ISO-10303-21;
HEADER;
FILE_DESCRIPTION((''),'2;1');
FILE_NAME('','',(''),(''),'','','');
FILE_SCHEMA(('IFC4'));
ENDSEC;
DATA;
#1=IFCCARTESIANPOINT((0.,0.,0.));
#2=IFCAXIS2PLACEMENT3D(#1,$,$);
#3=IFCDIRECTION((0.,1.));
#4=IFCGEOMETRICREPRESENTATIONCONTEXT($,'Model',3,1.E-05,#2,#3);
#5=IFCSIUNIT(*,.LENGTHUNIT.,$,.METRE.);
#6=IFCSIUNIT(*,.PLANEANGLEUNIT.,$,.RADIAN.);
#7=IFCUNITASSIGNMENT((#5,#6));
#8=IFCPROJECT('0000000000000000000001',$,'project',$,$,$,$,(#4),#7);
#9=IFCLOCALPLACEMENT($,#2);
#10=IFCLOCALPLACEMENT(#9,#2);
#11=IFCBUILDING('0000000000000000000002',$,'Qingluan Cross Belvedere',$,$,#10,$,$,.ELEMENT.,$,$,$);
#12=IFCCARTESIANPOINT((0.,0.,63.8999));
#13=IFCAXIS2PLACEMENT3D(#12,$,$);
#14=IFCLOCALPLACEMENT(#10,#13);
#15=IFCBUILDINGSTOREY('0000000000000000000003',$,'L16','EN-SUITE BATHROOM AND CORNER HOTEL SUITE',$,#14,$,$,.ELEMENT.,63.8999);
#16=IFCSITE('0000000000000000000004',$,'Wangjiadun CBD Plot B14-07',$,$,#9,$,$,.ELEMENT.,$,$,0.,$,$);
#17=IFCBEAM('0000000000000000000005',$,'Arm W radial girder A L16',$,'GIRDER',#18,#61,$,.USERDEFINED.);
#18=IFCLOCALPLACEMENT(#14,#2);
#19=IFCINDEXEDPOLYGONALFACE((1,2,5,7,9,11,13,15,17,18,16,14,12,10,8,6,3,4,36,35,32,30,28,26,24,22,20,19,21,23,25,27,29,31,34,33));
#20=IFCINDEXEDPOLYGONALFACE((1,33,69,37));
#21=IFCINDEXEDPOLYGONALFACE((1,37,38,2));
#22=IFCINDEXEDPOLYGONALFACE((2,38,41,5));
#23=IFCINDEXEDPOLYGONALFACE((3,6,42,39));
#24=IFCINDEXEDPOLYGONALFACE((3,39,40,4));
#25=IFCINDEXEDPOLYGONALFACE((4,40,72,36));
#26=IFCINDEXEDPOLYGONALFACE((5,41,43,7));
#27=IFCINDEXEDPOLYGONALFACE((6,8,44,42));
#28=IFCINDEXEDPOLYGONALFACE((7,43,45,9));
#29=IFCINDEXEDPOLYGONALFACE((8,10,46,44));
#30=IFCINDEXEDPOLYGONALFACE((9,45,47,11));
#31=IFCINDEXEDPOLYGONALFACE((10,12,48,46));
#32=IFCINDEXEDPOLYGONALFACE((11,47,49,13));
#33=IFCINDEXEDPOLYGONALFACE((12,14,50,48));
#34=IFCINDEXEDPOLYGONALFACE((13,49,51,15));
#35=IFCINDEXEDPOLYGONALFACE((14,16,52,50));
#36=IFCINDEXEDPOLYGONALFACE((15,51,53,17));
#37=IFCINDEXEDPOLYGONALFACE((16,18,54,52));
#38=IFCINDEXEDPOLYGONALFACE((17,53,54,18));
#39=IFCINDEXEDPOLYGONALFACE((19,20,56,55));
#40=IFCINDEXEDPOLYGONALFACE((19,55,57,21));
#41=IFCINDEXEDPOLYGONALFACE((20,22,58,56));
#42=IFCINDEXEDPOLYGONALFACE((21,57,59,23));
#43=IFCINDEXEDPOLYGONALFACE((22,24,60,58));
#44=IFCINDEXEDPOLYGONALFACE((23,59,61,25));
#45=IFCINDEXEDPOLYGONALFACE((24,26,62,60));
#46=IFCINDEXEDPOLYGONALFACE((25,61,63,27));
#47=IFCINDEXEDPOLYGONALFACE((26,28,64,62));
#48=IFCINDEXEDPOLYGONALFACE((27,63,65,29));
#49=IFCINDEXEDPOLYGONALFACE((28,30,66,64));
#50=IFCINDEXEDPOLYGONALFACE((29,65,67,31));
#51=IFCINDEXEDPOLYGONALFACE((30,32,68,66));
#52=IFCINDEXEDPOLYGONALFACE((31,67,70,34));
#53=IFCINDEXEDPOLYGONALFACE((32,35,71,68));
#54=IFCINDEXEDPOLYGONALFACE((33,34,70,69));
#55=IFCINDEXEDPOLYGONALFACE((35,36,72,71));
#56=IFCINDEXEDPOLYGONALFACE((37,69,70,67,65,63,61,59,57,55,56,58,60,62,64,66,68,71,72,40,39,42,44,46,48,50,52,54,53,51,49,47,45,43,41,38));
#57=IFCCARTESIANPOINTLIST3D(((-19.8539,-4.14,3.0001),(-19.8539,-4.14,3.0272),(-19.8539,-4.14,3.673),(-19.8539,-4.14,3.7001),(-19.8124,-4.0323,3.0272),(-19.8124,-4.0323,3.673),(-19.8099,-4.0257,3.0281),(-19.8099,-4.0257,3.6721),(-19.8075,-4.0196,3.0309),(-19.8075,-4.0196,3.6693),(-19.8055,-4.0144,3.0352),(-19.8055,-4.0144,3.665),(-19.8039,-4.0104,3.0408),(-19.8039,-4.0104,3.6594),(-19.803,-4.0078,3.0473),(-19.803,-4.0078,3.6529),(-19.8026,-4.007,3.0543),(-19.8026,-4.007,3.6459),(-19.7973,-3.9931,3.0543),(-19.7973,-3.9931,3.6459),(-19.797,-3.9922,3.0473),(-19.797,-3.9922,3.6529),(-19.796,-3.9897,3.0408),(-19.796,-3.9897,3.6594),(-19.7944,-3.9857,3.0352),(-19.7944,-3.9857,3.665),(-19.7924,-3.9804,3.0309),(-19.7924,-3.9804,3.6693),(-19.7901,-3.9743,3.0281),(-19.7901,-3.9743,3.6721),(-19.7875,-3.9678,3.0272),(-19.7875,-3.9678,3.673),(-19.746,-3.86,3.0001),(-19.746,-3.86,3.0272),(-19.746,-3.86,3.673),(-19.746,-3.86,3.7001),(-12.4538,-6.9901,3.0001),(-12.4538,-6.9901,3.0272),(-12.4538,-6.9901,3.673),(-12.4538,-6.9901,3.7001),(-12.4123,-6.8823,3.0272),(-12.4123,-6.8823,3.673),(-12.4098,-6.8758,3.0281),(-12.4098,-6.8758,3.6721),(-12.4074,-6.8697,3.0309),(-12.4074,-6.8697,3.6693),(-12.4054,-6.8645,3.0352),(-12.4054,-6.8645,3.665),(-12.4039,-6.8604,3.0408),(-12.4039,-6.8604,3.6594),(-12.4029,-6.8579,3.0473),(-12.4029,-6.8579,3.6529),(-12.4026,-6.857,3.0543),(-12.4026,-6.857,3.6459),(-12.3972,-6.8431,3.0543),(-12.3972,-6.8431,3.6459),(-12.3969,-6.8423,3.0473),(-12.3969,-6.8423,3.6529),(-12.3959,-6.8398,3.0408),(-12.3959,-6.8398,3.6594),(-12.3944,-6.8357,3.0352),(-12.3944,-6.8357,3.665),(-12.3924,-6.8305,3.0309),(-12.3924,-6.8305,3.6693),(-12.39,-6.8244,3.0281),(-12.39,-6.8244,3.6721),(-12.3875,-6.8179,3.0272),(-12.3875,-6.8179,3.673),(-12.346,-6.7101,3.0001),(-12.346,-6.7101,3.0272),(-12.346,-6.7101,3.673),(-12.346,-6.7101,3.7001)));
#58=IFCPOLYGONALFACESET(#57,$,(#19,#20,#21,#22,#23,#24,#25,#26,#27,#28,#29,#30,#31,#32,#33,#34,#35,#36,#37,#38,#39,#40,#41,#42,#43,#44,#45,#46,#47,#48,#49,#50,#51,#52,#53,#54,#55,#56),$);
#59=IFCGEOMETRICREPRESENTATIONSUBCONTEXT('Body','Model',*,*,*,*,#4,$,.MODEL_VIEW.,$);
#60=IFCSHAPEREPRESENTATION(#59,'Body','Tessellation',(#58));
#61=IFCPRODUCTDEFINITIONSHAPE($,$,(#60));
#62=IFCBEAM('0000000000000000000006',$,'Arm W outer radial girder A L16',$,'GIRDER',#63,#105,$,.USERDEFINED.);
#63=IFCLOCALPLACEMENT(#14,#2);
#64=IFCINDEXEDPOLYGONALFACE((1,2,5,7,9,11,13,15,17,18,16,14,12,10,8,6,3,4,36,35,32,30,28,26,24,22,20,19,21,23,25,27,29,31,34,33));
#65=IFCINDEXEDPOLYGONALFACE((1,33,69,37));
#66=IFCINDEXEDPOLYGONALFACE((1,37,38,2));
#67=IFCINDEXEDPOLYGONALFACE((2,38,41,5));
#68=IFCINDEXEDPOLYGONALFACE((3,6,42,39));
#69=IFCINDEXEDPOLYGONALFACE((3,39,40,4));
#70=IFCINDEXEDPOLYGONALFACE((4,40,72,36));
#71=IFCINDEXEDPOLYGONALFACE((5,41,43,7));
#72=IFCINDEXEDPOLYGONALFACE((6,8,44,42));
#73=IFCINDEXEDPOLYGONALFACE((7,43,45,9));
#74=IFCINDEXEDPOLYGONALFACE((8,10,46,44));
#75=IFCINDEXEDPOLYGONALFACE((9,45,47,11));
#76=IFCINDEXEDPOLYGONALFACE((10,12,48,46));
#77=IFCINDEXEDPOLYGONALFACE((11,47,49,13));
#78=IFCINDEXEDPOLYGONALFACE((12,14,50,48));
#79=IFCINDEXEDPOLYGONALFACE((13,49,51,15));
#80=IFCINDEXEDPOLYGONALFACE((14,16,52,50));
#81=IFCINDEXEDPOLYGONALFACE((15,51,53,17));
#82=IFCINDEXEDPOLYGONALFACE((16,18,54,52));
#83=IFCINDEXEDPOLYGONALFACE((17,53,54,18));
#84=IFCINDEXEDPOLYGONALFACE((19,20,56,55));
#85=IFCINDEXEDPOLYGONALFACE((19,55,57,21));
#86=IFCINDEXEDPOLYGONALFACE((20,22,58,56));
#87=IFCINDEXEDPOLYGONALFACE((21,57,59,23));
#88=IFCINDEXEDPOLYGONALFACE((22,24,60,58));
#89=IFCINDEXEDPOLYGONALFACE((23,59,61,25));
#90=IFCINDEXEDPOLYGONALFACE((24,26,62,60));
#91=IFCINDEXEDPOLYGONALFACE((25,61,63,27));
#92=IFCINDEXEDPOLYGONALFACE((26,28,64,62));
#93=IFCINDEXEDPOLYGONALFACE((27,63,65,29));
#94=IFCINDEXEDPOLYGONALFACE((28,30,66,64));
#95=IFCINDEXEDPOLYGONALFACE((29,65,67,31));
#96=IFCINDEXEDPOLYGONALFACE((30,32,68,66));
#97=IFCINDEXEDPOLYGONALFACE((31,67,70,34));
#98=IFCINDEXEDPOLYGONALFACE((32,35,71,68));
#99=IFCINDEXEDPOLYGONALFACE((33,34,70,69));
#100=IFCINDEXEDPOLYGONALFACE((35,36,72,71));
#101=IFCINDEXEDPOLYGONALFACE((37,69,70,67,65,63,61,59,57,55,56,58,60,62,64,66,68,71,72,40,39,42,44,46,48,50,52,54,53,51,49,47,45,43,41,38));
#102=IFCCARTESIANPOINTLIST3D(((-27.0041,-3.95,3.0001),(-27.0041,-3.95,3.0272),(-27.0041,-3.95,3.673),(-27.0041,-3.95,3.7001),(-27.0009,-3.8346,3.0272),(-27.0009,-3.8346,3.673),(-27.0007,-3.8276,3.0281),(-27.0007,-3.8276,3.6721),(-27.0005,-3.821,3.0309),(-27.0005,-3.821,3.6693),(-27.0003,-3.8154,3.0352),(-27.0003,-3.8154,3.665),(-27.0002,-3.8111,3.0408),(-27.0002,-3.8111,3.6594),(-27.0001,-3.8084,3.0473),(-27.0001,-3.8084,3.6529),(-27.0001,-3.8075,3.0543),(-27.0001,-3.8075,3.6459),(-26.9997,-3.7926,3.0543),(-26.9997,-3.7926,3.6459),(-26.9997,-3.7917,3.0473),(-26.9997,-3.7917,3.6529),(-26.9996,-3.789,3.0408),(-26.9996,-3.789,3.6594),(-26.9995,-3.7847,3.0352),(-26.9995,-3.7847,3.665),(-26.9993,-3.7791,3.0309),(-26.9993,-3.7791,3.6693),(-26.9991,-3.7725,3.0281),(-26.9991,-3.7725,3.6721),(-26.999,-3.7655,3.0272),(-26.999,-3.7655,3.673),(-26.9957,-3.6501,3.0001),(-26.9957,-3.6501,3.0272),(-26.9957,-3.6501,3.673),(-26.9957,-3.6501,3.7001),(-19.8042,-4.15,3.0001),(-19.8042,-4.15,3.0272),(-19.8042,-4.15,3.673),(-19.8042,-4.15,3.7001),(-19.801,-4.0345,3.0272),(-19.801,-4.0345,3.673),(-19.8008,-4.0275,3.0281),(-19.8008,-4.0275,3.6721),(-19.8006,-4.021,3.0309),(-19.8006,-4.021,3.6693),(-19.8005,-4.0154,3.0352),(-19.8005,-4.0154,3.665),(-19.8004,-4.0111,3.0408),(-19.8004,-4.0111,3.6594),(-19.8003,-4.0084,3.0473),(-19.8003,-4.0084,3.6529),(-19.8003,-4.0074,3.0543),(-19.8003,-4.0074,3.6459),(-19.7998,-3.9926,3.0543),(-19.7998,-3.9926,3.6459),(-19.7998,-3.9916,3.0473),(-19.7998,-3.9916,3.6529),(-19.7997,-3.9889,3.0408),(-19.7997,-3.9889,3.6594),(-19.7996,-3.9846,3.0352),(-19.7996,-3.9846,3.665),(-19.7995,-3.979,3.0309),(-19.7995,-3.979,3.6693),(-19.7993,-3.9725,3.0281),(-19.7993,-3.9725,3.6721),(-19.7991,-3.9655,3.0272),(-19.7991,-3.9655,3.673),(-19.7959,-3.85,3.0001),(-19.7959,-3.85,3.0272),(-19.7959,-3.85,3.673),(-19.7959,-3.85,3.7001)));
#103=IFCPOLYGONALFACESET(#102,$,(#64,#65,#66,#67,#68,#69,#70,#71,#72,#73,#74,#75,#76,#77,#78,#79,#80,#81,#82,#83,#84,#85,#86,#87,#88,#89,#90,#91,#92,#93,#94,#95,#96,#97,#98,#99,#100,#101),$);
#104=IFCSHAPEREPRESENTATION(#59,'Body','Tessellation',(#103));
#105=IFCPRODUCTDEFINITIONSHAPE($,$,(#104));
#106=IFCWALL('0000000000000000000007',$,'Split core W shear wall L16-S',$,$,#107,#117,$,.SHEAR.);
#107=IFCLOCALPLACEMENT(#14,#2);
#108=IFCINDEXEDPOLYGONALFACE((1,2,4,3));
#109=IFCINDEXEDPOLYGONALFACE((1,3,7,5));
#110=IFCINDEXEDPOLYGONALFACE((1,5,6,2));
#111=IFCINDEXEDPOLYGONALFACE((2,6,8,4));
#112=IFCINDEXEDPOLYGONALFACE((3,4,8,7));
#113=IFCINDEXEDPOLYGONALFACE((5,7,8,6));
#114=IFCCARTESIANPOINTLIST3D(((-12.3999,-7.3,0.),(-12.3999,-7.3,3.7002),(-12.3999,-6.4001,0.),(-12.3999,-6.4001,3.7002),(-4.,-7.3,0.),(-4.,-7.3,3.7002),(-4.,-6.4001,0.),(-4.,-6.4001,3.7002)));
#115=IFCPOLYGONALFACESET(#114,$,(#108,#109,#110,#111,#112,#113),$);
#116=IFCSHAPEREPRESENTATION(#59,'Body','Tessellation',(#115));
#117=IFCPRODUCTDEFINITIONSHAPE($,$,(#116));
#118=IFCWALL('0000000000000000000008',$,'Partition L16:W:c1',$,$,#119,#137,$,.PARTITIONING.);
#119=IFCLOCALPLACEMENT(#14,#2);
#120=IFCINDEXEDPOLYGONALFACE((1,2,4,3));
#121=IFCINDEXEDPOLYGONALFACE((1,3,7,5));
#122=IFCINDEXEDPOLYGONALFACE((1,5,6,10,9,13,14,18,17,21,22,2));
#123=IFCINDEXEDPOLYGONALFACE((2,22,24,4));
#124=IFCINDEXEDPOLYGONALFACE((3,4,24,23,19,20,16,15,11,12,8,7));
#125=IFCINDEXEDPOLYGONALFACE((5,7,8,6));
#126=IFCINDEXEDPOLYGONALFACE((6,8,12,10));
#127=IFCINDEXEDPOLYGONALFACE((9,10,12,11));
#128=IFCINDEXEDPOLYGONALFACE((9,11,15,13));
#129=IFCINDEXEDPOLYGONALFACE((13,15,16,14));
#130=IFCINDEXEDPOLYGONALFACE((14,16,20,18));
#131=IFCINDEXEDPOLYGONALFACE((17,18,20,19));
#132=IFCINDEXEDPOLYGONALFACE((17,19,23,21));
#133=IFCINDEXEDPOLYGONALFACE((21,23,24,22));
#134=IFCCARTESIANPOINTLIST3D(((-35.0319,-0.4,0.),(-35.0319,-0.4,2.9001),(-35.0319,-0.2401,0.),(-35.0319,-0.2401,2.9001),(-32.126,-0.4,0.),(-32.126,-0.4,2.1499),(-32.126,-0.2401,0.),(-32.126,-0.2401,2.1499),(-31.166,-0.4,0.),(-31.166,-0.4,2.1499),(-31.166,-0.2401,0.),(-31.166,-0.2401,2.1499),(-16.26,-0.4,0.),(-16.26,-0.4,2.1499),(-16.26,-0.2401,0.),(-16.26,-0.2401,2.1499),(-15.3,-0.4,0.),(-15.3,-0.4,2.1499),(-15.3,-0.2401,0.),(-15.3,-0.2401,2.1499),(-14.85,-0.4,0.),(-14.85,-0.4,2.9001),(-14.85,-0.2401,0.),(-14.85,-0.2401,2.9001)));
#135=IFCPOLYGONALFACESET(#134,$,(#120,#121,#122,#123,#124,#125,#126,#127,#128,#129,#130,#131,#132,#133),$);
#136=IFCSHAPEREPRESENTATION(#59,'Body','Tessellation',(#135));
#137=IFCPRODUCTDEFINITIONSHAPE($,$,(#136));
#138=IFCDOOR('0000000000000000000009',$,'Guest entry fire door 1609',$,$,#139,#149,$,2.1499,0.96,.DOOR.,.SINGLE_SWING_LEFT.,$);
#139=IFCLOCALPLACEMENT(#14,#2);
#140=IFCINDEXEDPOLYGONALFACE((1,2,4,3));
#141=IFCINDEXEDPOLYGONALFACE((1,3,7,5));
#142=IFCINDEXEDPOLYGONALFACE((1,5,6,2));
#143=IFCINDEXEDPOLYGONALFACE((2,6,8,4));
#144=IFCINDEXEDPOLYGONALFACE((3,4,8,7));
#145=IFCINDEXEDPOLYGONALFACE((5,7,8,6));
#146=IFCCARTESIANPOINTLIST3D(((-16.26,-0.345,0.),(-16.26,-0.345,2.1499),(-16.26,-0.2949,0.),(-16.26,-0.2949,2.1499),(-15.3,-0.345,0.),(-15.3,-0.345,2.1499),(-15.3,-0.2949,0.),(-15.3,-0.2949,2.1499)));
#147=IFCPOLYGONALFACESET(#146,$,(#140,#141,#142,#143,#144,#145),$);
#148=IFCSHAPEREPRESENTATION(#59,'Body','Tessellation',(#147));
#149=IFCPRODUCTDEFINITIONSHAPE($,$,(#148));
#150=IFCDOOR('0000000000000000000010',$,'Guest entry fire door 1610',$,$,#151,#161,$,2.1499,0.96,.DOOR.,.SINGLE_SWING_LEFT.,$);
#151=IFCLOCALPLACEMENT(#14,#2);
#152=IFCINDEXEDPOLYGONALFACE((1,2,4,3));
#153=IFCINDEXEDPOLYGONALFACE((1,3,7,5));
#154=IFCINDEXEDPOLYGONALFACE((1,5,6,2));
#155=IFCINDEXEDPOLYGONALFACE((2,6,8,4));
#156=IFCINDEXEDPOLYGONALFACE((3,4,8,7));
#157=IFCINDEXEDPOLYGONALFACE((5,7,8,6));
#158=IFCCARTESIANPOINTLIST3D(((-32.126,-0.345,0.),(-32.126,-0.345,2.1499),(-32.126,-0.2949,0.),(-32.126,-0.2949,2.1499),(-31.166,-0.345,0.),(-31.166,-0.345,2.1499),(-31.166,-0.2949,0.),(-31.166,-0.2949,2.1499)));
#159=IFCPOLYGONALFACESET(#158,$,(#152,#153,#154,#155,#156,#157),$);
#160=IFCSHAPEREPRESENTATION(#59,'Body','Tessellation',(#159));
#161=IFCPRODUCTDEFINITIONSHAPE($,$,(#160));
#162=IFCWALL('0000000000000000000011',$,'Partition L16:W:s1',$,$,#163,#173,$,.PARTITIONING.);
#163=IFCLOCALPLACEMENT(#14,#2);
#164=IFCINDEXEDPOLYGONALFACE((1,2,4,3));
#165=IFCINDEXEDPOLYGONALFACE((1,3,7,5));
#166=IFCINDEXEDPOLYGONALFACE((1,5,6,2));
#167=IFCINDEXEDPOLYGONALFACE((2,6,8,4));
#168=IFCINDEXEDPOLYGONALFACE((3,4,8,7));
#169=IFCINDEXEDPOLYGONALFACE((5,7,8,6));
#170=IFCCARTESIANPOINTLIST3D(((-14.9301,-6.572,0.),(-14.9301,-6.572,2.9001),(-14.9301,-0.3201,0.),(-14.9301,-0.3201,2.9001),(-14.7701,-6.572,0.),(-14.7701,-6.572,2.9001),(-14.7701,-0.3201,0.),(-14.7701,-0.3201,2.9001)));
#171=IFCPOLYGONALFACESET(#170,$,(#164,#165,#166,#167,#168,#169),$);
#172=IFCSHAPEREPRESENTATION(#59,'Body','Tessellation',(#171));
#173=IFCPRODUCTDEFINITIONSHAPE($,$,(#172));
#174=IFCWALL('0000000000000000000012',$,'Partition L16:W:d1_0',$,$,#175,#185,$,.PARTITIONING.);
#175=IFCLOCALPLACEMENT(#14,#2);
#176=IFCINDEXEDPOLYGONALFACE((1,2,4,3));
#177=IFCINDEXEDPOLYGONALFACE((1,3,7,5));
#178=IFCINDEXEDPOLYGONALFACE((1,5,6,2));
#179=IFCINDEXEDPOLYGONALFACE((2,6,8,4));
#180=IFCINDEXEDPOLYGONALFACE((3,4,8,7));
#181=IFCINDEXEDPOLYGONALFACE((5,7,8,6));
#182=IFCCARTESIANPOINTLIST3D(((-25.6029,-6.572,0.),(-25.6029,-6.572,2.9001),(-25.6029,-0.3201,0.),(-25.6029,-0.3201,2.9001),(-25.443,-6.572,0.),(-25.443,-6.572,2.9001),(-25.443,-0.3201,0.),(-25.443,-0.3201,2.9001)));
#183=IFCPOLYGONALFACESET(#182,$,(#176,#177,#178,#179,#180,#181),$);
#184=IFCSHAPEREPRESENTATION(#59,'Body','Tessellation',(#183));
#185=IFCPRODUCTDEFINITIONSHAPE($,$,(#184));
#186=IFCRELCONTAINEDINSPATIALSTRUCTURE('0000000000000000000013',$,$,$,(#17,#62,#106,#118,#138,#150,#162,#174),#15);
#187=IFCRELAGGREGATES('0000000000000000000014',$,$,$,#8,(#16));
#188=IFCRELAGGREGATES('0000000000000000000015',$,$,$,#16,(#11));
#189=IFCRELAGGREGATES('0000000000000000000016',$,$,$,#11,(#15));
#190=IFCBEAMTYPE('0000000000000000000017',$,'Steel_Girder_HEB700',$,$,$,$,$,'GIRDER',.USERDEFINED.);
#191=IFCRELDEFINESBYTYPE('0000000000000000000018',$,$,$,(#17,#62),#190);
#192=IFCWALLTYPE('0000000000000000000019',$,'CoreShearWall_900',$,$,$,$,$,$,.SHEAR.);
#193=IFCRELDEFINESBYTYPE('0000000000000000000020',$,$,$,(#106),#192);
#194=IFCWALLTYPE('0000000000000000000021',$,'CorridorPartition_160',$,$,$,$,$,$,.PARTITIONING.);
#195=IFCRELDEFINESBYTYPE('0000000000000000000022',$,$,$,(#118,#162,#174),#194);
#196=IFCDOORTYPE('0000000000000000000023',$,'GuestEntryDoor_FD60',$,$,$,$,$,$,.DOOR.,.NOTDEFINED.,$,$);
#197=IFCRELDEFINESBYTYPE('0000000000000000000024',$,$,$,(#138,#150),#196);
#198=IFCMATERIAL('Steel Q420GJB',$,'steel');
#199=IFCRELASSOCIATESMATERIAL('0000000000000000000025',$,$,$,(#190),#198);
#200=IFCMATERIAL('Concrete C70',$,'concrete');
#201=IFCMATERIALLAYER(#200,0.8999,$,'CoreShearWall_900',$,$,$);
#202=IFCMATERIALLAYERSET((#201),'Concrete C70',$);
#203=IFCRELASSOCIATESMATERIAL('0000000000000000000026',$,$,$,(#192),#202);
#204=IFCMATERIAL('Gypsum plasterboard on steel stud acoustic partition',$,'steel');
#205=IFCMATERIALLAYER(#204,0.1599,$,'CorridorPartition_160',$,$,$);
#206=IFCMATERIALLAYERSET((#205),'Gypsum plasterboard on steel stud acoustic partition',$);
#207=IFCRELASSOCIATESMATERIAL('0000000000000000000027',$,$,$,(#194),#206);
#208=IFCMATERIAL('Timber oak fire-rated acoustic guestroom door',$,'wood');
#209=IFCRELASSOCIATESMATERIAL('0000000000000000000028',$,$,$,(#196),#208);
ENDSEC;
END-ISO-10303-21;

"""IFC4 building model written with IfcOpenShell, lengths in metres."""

from ifc_helpers import new_model, si_unit, direction, frame, frame_2d, origin, origin_2d, place, context, subcontext, project, spatial, rectangle, i_section, extrude, material, layer, layer_set, material_profile, profile_set, type_object, element, fill, save


model = new_model("IFC4")

# Units and contexts
model_context = context("Model", 3, precision=1e-05, world=origin(), true_north=direction((0.0, 1.0)))
body_context = subcontext(model_context, "Body", "Model", "MODEL_VIEW")
ifc_project = project(units=[si_unit("LENGTHUNIT", "METRE"), si_unit("PLANEANGLEUNIT", "RADIAN")], contexts=[model_context])

# Site, building, storey
site_placement = place(None, origin())
site = spatial("IfcSite", under=ifc_project, at=site_placement, Name="Wangjiadun CBD Plot B14-07", CompositionType="ELEMENT", RefElevation=0.0)
building_placement = place(site_placement, origin())
building = spatial("IfcBuilding", under=site, at=building_placement, Name="Qingluan Cross Belvedere", CompositionType="ELEMENT")
storey_placement = place(building_placement, frame((0.0, 0.0, 63.8999)))
storey = spatial("IfcBuildingStorey", under=building, at=storey_placement, Name="L16", Description="EN-SUITE BATHROOM AND CORNER HOTEL SUITE", CompositionType="ELEMENT", Elevation=63.8999)

# Beams
ifc_material_1 = material(Name="Steel Q420GJB", Category="steel")
ifc_material_profile_1 = material_profile(ifc_material_1, i_section(OverallWidth=0.3, OverallDepth=0.7, WebThickness=0.0149, FlangeThickness=0.0271, FilletRadius=0.0271, at=origin_2d()), Name="HEB700")
ifc_profile_set_1 = profile_set([ifc_material_profile_1], Name="Steel Q420GJB")
beam_type_1 = type_object("IfcBeamType", Name="Steel_Girder_HEB700", ElementType="GIRDER", PredefinedType="USERDEFINED", material=ifc_profile_set_1)
beam_1_placement = place(storey_placement, frame((-12.3999, -6.8501, 3.3501), z_axis=(-0.933181, 0.359406, 0.0), x_axis=(-0.359406, -0.933181, 0.0)))
element("IfcBeam", 1, at=beam_1_placement, inside=storey, type_object=beam_type_1, Name="Arm W radial girder A L16", ObjectType="GIRDER", PredefinedType="USERDEFINED", context=body_context, shape_type="SweptSolid", body=[
    extrude(i_section(OverallWidth=0.3, OverallDepth=0.7, WebThickness=0.0149, FlangeThickness=0.0271, FilletRadius=0.0271, at=origin_2d()), origin(), (0.0, 0.0, 1.0), 7.9299),
])
beam_2_placement = place(storey_placement, frame((-19.8, -4.0, 3.3501), z_axis=(-0.999615, 0.02776, 0.0), x_axis=(-0.02776, -0.999615, 0.0)))
element("IfcBeam", 2, at=beam_2_placement, inside=storey, type_object=beam_type_1, Name="Arm W outer radial girder A L16", ObjectType="GIRDER", PredefinedType="USERDEFINED", context=body_context, shape_type="SweptSolid", body=[
    extrude(i_section(OverallWidth=0.3, OverallDepth=0.7, WebThickness=0.0149, FlangeThickness=0.0271, FilletRadius=0.0271, at=origin_2d()), origin(), (0.0, 0.0, 1.0), 7.2026),
])

# Wall
ifc_material_2 = material(Name="Concrete C70", Category="concrete")
ifc_layer_1 = layer(ifc_material_2, 0.8999, Name="CoreShearWall_900")
ifc_layer_set_1 = layer_set([ifc_layer_1], Name="Concrete C70")
wall_type_1 = type_object("IfcWallType", Name="CoreShearWall_900", PredefinedType="SHEAR", material=ifc_layer_set_1)
wall_1_placement = place(storey_placement, frame((-12.3999, -6.8501, 0.0), z_axis=(0.0, 0.0, 1.0), x_axis=(1.0, 0.0, 0.0)))
element("IfcWall", 3, at=wall_1_placement, inside=storey, type_object=wall_type_1, Name="Split core W shear wall L16-S", PredefinedType="SHEAR", context=body_context, shape_type="SweptSolid", body=[
    extrude(rectangle(XDim=8.3999, YDim=0.8999, at=frame_2d((4.2, 0.0))), origin(), (0.0, 0.0, 1.0), 3.7002),
])

# Wall, openings, doors
ifc_material_3 = material(Name="Gypsum plasterboard on steel stud acoustic partition", Category="steel")
ifc_layer_2 = layer(ifc_material_3, 0.1599, Name="CorridorPartition_160")
ifc_layer_set_2 = layer_set([ifc_layer_2], Name="Gypsum plasterboard on steel stud acoustic partition")
wall_type_2 = type_object("IfcWallType", Name="CorridorPartition_160", PredefinedType="PARTITIONING", material=ifc_layer_set_2)
wall_2_placement = place(storey_placement, frame((-14.8501, -0.3201, 0.0), z_axis=(0.0, 0.0, 1.0), x_axis=(-1.0, 0.0, 0.0)))
wall_2 = element("IfcWall", 4, at=wall_2_placement, inside=storey, type_object=wall_type_2, Name="Partition L16:W:c1", PredefinedType="PARTITIONING", context=body_context, shape_type="SweptSolid", body=[
    extrude(rectangle(XDim=20.1819, YDim=0.1599, at=frame_2d((10.0908, 0.0))), origin(), (0.0, 0.0, 1.0), 2.9001),
])
opening_1_placement = place(wall_2_placement, frame((0.45, 0.0, 0.0)))
opening_1 = element("IfcOpeningElement", 5, at=opening_1_placement, cuts=wall_2, PredefinedType="OPENING", context=body_context, shape_type="SweptSolid", body=[
    extrude(rectangle(XDim=0.96, YDim=2.1499, at=frame_2d((0.48, 1.075))), frame((0.0, 0.0898, 0.0), z_axis=(0.0, -1.0, 0.0), x_axis=(1.0, 0.0, 0.0)), (0.0, 0.0, 1.0), 0.1799),
])
opening_2_placement = place(wall_2_placement, frame((16.3159, 0.0, 0.0)))
opening_2 = element("IfcOpeningElement", 6, at=opening_2_placement, cuts=wall_2, PredefinedType="OPENING", context=body_context, shape_type="SweptSolid", body=[
    extrude(rectangle(XDim=0.96, YDim=2.1499, at=frame_2d((0.48, 1.075))), frame((0.0, 0.0898, 0.0), z_axis=(0.0, -1.0, 0.0), x_axis=(1.0, 0.0, 0.0)), (0.0, 0.0, 1.0), 0.1799),
])
ifc_material_4 = material(Name="Timber oak fire-rated acoustic guestroom door", Category="wood")
door_type_1 = type_object("IfcDoorType", Name="GuestEntryDoor_FD60", OperationType="NOTDEFINED", PredefinedType="DOOR", material=ifc_material_4)
door_1_placement = place(opening_1_placement, origin())
door_1 = element("IfcDoor", 7, at=door_1_placement, inside=storey, type_object=door_type_1, Name="Guest entry fire door 1609", OperationType="SINGLE_SWING_LEFT", OverallHeight=2.1499, OverallWidth=0.96, PredefinedType="DOOR", context=body_context, shape_type="SweptSolid", body=[
    extrude(rectangle(XDim=0.96, YDim=2.1499, at=frame_2d((0.48, 1.075))), frame((0.0, 0.0249, 0.0), z_axis=(0.0, -1.0, 0.0), x_axis=(1.0, 0.0, 0.0)), (0.0, 0.0, 1.0), 0.05),
])
fill(opening_1, door_1)
door_2_placement = place(opening_2_placement, origin())
door_2 = element("IfcDoor", 8, at=door_2_placement, inside=storey, type_object=door_type_1, Name="Guest entry fire door 1610", OperationType="SINGLE_SWING_LEFT", OverallHeight=2.1499, OverallWidth=0.96, PredefinedType="DOOR", context=body_context, shape_type="SweptSolid", body=[
    extrude(rectangle(XDim=0.96, YDim=2.1499, at=frame_2d((0.48, 1.075))), frame((0.0, 0.0249, 0.0), z_axis=(0.0, -1.0, 0.0), x_axis=(1.0, 0.0, 0.0)), (0.0, 0.0, 1.0), 0.05),
])
fill(opening_2, door_2)

# Walls
for number, where, z_axis, x_axis, name in (
    (9, (-14.8501, -0.3201, 0.0), (0.0, 0.0, 1.0), (0.0, -1.0, 0.0), "Partition L16:W:s1"),
    (10, (-25.5229, -0.3201, 0.0), (0.0, 0.0, 1.0), (0.0, -1.0, 0.0), "Partition L16:W:d1_0"),
):
    element("IfcWall", number, at=place(storey_placement, frame(where, z_axis=z_axis, x_axis=x_axis)), inside=storey, type_object=wall_type_2, Name=name, PredefinedType="PARTITIONING", context=body_context, shape_type="SweptSolid", body=[
        extrude(rectangle(XDim=6.252, YDim=0.1599, at=frame_2d((3.126, 0.0))), origin(), (0.0, 0.0, 1.0), 2.9001),
    ])

save(model, "model.ifc")
